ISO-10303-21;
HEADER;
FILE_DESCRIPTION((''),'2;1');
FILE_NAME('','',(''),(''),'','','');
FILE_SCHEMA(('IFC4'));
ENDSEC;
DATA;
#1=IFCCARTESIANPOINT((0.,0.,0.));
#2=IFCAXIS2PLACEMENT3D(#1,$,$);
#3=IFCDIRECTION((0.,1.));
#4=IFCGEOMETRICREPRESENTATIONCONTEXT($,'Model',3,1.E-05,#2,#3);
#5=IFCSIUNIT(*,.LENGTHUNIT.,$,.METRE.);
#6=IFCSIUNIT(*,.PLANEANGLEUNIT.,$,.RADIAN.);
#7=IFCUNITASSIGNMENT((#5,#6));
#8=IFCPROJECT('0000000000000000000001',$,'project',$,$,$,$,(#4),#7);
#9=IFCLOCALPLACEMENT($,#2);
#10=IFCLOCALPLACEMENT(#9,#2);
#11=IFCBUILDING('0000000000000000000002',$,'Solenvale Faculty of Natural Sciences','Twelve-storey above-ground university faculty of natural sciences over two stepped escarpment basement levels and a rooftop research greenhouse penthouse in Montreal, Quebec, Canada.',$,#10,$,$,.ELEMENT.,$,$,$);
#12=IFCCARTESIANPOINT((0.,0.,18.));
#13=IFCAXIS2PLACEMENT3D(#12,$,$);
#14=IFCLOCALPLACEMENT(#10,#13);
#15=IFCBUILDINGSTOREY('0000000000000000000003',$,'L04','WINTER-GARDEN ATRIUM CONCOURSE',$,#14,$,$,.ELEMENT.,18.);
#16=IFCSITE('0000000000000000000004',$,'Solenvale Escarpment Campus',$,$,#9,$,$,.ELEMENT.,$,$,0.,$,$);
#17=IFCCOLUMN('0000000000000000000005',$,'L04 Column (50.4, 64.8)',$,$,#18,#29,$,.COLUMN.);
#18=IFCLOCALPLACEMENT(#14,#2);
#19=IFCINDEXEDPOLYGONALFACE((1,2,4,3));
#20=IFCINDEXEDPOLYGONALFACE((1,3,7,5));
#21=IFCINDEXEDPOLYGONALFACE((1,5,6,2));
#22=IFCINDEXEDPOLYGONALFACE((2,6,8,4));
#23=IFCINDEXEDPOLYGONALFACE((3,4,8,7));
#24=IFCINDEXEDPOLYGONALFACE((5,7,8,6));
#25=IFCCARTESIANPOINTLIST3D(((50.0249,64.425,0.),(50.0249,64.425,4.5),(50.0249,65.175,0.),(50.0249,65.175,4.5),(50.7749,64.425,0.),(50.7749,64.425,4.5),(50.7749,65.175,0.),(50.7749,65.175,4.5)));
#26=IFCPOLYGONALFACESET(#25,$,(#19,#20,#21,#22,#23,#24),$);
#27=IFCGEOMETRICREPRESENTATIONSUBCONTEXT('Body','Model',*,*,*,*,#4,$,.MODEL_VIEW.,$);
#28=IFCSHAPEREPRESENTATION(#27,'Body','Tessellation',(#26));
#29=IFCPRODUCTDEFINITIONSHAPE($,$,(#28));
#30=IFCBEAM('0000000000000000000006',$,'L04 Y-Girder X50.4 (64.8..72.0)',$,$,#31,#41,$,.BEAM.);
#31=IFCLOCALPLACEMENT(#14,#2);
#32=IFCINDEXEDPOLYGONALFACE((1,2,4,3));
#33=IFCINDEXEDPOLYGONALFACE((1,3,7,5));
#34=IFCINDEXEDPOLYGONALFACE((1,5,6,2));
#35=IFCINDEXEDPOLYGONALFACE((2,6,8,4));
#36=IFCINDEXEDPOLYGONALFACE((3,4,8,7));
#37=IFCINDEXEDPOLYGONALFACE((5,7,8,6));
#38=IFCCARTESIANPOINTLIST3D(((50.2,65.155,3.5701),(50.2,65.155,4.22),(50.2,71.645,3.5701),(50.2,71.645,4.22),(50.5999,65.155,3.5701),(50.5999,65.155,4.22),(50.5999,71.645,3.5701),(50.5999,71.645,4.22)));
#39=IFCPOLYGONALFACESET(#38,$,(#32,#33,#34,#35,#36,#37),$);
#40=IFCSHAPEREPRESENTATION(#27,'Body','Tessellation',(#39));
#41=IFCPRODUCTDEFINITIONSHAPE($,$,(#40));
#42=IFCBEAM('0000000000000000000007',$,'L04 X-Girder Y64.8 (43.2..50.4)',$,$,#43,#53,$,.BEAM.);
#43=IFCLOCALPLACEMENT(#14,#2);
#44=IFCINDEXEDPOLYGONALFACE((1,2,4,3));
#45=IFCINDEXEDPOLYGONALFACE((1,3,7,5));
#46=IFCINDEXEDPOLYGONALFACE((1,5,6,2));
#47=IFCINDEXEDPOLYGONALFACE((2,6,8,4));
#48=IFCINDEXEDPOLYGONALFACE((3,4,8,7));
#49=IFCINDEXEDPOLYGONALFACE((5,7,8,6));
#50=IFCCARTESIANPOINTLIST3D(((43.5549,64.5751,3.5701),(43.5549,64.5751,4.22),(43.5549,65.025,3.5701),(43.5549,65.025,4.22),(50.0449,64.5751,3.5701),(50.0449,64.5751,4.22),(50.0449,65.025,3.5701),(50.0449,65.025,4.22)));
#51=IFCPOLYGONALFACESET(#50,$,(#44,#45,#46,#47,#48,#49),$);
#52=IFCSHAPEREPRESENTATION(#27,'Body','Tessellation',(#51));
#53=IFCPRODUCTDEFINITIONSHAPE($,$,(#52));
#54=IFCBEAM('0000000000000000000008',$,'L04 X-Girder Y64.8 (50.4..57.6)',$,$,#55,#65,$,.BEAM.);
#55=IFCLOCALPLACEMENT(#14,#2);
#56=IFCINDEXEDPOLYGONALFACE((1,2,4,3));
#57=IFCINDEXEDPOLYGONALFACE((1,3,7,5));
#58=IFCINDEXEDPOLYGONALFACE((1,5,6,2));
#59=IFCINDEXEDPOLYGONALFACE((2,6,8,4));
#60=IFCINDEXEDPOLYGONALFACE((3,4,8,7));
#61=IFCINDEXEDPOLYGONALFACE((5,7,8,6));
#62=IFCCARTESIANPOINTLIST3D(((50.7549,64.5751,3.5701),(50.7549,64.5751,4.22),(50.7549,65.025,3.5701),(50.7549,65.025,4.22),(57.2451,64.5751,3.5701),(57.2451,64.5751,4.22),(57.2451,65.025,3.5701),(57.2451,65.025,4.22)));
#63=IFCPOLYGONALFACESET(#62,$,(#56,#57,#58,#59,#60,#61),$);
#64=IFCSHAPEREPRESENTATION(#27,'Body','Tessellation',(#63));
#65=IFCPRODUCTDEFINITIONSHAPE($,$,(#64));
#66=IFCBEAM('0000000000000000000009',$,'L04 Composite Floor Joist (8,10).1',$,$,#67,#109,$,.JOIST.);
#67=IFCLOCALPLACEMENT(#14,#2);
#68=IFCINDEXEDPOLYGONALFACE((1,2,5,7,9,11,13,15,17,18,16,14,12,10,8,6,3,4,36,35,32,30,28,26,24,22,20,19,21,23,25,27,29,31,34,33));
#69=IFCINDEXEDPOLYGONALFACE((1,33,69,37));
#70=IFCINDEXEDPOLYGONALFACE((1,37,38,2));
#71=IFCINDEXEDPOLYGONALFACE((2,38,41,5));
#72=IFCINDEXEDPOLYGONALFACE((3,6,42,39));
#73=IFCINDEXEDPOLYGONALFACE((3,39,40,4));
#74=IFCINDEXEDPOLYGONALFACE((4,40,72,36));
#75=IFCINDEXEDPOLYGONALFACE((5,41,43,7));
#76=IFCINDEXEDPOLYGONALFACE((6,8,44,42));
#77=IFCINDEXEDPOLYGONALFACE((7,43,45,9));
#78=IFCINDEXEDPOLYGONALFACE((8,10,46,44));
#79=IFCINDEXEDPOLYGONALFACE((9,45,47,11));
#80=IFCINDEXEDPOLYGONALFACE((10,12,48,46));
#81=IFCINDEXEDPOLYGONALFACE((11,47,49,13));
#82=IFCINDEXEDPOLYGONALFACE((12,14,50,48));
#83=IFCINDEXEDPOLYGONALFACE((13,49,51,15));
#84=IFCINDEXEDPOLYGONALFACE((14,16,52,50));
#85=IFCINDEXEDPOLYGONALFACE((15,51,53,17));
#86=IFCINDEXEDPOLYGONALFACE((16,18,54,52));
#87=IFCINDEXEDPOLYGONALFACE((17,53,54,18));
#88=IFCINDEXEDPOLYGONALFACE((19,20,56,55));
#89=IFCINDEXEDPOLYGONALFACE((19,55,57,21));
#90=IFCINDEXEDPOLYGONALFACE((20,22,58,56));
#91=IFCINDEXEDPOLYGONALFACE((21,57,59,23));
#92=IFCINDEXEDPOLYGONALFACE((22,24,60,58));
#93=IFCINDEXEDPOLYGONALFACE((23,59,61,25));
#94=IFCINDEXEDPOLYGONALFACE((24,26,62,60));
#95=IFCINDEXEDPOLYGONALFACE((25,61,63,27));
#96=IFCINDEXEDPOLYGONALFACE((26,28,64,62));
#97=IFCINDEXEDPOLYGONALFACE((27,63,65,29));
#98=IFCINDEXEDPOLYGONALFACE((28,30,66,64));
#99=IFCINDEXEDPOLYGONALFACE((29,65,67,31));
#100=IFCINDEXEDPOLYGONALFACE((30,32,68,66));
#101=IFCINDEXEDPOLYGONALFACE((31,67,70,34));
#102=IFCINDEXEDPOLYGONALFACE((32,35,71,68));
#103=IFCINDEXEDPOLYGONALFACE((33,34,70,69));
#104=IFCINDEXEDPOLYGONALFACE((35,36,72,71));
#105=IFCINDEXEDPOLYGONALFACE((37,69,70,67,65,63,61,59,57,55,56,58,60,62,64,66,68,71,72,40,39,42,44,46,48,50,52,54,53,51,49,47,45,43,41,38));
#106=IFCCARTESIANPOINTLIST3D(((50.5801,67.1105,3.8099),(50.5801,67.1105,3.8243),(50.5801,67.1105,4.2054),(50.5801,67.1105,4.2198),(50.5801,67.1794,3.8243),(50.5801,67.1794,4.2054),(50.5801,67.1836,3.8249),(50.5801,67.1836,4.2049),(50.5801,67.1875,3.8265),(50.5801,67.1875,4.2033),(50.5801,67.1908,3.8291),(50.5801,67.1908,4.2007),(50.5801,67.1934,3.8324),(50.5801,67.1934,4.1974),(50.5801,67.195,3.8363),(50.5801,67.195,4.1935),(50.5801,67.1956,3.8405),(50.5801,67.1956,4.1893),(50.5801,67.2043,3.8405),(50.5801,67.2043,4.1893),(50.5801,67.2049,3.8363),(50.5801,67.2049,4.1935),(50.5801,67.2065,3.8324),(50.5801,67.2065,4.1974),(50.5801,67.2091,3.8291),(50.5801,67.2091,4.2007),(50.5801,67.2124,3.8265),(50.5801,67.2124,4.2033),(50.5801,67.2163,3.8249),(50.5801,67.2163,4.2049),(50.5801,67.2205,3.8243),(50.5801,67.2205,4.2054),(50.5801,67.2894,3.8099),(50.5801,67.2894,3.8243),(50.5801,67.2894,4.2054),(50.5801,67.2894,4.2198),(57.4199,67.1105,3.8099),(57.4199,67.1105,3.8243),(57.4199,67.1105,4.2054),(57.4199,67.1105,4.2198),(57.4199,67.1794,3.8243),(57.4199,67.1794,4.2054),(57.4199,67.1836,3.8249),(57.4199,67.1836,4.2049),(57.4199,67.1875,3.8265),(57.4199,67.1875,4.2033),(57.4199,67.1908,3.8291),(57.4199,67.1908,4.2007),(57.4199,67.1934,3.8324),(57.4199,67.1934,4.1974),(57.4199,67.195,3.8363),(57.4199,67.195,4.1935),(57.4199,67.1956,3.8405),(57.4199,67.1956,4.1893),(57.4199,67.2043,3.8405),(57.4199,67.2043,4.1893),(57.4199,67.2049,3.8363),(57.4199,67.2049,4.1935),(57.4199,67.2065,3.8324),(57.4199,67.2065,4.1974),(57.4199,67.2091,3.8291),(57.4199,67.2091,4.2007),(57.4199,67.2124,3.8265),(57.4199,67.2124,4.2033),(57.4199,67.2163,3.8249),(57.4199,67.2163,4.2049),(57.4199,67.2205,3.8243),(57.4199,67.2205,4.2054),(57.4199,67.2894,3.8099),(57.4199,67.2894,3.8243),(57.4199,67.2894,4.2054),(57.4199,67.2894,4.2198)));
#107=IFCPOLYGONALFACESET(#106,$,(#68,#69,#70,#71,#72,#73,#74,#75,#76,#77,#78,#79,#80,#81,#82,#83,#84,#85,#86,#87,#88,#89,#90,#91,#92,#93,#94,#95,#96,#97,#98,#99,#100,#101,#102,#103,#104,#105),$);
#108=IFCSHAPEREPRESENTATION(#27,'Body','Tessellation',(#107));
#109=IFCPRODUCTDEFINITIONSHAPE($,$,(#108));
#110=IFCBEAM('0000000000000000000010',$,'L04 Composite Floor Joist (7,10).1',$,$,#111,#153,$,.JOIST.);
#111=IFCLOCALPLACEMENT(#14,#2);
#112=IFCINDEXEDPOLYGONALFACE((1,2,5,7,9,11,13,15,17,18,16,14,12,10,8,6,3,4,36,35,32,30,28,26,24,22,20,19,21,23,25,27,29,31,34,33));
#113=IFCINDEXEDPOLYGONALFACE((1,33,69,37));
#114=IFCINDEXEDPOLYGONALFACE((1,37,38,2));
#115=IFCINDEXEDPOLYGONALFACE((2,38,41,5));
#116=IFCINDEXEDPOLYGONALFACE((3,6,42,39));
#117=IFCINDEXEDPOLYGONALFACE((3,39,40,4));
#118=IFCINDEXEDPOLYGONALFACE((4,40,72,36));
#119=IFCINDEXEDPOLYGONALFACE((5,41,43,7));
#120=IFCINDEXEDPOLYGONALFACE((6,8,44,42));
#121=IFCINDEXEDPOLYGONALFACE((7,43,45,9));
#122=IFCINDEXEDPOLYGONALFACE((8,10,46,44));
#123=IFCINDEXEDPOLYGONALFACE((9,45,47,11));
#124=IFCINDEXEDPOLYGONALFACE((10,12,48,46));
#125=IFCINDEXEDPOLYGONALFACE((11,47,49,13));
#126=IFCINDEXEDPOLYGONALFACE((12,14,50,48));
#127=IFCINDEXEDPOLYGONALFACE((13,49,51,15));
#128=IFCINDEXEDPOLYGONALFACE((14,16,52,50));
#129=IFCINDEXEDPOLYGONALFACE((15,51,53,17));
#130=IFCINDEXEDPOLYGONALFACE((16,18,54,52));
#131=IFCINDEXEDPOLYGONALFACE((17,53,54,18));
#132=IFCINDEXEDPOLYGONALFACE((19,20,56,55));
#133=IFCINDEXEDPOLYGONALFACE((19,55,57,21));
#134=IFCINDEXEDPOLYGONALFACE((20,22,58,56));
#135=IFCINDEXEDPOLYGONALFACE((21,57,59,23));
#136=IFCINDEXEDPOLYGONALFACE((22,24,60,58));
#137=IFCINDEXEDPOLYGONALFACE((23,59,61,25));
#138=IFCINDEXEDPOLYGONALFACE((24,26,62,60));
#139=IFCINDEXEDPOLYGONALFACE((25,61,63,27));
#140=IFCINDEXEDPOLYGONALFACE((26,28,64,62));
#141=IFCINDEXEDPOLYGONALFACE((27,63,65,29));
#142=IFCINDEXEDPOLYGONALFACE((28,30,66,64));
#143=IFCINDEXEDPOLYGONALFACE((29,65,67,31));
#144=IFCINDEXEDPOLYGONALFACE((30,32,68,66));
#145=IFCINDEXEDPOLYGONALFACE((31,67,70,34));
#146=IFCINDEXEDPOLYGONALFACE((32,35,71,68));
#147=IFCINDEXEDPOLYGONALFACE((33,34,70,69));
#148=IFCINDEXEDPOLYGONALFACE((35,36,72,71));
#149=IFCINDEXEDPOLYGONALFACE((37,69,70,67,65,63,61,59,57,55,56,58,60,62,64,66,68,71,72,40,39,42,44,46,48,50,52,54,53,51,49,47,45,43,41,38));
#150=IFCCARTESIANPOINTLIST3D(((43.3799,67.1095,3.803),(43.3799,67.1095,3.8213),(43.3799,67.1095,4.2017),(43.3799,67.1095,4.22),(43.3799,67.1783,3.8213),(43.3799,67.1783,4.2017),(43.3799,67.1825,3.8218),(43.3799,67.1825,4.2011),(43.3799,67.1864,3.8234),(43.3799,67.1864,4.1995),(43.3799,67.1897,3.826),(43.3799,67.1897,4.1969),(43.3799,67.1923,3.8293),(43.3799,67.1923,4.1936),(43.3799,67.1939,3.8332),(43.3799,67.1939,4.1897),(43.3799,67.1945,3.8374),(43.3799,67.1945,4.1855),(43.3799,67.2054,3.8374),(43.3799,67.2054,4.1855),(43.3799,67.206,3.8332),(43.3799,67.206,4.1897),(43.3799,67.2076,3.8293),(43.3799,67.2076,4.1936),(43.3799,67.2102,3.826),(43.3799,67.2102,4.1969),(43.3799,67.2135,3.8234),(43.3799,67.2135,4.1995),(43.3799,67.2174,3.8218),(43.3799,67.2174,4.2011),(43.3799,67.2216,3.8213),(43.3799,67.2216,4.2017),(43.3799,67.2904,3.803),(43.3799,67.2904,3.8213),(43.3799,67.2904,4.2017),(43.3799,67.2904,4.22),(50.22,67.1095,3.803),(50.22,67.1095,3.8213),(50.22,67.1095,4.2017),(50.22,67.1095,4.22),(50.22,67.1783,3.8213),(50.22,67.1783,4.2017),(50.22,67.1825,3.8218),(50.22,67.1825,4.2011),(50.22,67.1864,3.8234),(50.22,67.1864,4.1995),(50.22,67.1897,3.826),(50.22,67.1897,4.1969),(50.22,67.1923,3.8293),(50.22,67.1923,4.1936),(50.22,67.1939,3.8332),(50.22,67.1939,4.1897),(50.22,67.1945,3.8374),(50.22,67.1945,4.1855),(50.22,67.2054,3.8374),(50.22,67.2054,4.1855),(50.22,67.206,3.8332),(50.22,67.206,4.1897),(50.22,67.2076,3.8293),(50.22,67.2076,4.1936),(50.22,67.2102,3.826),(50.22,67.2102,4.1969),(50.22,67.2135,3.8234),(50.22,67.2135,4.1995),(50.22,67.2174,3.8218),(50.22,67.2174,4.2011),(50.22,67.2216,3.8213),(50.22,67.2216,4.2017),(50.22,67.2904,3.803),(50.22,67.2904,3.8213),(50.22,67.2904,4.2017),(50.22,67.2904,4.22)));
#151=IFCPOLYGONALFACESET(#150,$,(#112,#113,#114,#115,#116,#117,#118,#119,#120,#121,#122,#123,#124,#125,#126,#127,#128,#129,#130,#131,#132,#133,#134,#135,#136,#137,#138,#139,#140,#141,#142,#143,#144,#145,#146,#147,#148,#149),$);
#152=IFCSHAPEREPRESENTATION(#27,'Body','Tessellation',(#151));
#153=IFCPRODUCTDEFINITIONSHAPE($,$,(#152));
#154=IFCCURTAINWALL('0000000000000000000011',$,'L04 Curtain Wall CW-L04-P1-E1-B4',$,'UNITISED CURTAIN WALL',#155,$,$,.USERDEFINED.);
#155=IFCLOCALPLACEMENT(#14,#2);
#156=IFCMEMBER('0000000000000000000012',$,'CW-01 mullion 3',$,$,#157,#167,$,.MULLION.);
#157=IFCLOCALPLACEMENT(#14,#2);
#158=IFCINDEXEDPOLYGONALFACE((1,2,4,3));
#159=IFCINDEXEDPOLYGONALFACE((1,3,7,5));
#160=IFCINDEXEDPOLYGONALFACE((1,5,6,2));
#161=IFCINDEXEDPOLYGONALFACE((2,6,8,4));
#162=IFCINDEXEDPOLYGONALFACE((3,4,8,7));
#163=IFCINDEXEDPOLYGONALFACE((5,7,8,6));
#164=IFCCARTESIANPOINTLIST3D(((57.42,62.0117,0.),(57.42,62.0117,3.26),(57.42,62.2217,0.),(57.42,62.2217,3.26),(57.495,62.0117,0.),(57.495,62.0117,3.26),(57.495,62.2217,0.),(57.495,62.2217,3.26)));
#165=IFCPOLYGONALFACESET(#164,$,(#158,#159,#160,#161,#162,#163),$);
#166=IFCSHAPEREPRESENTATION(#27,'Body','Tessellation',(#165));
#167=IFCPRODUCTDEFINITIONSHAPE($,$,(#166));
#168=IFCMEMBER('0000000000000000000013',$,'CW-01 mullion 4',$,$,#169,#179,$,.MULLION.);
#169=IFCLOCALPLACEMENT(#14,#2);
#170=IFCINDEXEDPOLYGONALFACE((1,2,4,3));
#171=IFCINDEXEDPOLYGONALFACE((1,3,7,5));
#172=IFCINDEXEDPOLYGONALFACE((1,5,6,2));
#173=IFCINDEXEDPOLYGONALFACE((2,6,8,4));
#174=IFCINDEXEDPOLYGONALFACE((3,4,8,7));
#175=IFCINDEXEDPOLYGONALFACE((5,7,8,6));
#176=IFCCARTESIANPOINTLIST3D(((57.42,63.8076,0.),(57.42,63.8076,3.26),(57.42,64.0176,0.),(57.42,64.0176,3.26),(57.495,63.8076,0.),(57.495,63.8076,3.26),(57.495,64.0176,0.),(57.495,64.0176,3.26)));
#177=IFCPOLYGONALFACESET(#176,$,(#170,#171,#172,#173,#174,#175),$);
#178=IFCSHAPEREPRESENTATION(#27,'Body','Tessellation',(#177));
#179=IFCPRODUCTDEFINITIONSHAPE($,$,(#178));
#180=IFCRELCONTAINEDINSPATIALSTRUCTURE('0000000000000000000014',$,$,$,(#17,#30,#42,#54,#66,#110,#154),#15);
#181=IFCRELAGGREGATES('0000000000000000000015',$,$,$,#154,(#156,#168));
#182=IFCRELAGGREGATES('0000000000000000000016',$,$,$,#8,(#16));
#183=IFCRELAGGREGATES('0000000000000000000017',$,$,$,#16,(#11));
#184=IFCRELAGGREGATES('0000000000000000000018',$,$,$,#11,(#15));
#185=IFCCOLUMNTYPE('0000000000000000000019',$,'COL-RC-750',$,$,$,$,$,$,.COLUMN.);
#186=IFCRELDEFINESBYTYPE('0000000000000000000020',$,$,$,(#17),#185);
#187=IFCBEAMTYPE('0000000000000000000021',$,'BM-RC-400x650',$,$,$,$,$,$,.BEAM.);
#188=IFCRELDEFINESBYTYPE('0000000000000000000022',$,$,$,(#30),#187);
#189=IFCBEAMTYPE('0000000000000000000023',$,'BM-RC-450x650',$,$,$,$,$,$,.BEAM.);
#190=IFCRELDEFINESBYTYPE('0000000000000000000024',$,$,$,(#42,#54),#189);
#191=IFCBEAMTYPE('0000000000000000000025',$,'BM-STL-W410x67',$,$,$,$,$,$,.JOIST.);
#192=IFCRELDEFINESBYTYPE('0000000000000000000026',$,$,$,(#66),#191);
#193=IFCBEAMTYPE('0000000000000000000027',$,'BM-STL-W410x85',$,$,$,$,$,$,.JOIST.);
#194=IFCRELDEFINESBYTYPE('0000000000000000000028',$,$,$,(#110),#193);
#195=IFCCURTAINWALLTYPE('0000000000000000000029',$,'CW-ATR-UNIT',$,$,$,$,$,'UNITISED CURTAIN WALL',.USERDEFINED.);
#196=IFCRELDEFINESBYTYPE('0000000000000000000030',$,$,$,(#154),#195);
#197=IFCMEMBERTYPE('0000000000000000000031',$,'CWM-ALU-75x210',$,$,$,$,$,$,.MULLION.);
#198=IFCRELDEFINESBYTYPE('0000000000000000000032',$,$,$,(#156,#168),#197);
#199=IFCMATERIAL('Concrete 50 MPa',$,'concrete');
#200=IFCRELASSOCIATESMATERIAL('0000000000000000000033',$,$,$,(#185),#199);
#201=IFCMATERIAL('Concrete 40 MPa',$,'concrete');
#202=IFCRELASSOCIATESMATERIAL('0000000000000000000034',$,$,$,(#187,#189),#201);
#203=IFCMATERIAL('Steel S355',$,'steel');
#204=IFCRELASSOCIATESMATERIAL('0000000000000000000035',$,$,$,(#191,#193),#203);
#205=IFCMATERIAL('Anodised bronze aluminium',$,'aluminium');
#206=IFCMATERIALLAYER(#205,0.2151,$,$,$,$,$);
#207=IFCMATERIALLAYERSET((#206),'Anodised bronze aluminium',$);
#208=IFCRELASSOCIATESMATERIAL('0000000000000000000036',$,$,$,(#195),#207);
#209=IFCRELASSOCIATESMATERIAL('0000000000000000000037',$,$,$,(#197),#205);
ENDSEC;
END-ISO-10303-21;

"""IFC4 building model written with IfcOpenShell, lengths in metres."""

from ifc_helpers import new_model, si_unit, direction, frame, origin, origin_2d, place, context, subcontext, project, spatial, rectangle, i_section, extrude, material, layer, layer_set, material_profile, profile_set, type_object, element, aggregate, save


model = new_model("IFC4")

# Units and contexts
model_context = context("Model", 3, precision=1e-05, world=origin(), true_north=direction((0.0, 1.0)))
body_context = subcontext(model_context, "Body", "Model", "MODEL_VIEW")
ifc_project = project(units=[si_unit("LENGTHUNIT", "METRE"), si_unit("PLANEANGLEUNIT", "RADIAN")], contexts=[model_context])

# Site, building, storey
site_placement = place(None, origin())
site = spatial("IfcSite", under=ifc_project, at=site_placement, Name="Solenvale Escarpment Campus", CompositionType="ELEMENT", RefElevation=0.0)
building_placement = place(site_placement, origin())
building = spatial("IfcBuilding", under=site, at=building_placement, Name="Solenvale Faculty of Natural Sciences", Description="Twelve-storey above-ground university faculty of natural sciences over two stepped escarpment basement levels and a rooftop research greenhouse penthouse in Montreal, Quebec, Canada.", CompositionType="ELEMENT")
storey_placement = place(building_placement, frame((0.0, 0.0, 18.0)))
storey = spatial("IfcBuildingStorey", under=building, at=storey_placement, Name="L04", Description="WINTER-GARDEN ATRIUM CONCOURSE", CompositionType="ELEMENT", Elevation=18.0)

# Column
ifc_material_1 = material(Name="Concrete 50 MPa", Category="concrete")
ifc_material_profile_1 = material_profile(ifc_material_1, rectangle(XDim=0.75, YDim=0.75, at=origin_2d()), Name="RC-COL-750x750")
ifc_profile_set_1 = profile_set([ifc_material_profile_1], Name="Concrete 50 MPa")
column_type = type_object("IfcColumnType", Name="COL-RC-750", PredefinedType="COLUMN", material=ifc_profile_set_1)
column_placement = place(storey_placement, frame((50.3999, 64.8, 0.0), z_axis=(0.0, 0.0, 1.0), x_axis=(1.0, 0.0, 0.0)))
element("IfcColumn", 1, at=column_placement, inside=storey, type_object=column_type, Name="L04 Column (50.4, 64.8)", PredefinedType="COLUMN", context=body_context, shape_type="SweptSolid", body=[
    extrude(rectangle(XDim=0.75, YDim=0.75, at=origin_2d()), origin(), (0.0, 0.0, 1.0), 4.5),
])

# Beams
ifc_material_2 = material(Name="Concrete 40 MPa", Category="concrete")
ifc_material_profile_2 = material_profile(ifc_material_2, rectangle(XDim=0.3999, YDim=0.6499, at=origin_2d()), Name="RC-BM-400x650")
ifc_profile_set_2 = profile_set([ifc_material_profile_2], Name="Concrete 40 MPa")
beam_type_1 = type_object("IfcBeamType", Name="BM-RC-400x650", PredefinedType="BEAM", material=ifc_profile_set_2)
beam_1_placement = place(storey_placement, frame((50.3999, 65.155, 3.895), z_axis=(0.0, 1.0, 0.0), x_axis=(-1.0, 0.0, 0.0)))
element("IfcBeam", 2, at=beam_1_placement, inside=storey, type_object=beam_type_1, Name="L04 Y-Girder X50.4 (64.8..72.0)", PredefinedType="BEAM", context=body_context, shape_type="SweptSolid", body=[
    extrude(rectangle(XDim=0.3999, YDim=0.6499, at=origin_2d()), origin(), (0.0, 0.0, 1.0), 6.49),
])
ifc_material_profile_3 = material_profile(ifc_material_2, rectangle(XDim=0.45, YDim=0.6499, at=origin_2d()), Name="RC-BM-450x650")
ifc_profile_set_3 = profile_set([ifc_material_profile_3], Name="Concrete 40 MPa")
beam_type_2 = type_object("IfcBeamType", Name="BM-RC-450x650", PredefinedType="BEAM", material=ifc_profile_set_3)
beam_2_placement = place(storey_placement, frame((43.5549, 64.8, 3.895), z_axis=(1.0, 0.0, 0.0), x_axis=(0.0, 1.0, 0.0)))
element("IfcBeam", 3, at=beam_2_placement, inside=storey, type_object=beam_type_2, Name="L04 X-Girder Y64.8 (43.2..50.4)", PredefinedType="BEAM", context=body_context, shape_type="SweptSolid", body=[
    extrude(rectangle(XDim=0.45, YDim=0.6499, at=origin_2d()), origin(), (0.0, 0.0, 1.0), 6.49),
])
beam_3_placement = place(storey_placement, frame((50.7549, 64.8, 3.895), z_axis=(1.0, 0.0, 0.0), x_axis=(0.0, 1.0, 0.0)))
element("IfcBeam", 4, at=beam_3_placement, inside=storey, type_object=beam_type_2, Name="L04 X-Girder Y64.8 (50.4..57.6)", PredefinedType="BEAM", context=body_context, shape_type="SweptSolid", body=[
    extrude(rectangle(XDim=0.45, YDim=0.6499, at=origin_2d()), origin(), (0.0, 0.0, 1.0), 6.4902),
])
ifc_material_3 = material(Name="Steel S355", Category="steel")
ifc_material_profile_4 = material_profile(ifc_material_3, i_section(OverallWidth=0.179, OverallDepth=0.4099, WebThickness=0.0088, FlangeThickness=0.0144, FilletRadius=0.0161, at=origin_2d()), Name="W410x67")
ifc_profile_set_4 = profile_set([ifc_material_profile_4], Name="Steel S355")
beam_type_3 = type_object("IfcBeamType", Name="BM-STL-W410x67", PredefinedType="JOIST", material=ifc_profile_set_4)
beam_4_placement = place(storey_placement, frame((50.5801, 67.2, 4.0149), z_axis=(1.0, 0.0, 0.0), x_axis=(0.0, 1.0, 0.0)))
element("IfcBeam", 5, at=beam_4_placement, inside=storey, type_object=beam_type_3, Name="L04 Composite Floor Joist (8,10).1", PredefinedType="JOIST", context=body_context, shape_type="SweptSolid", body=[
    extrude(i_section(OverallWidth=0.179, OverallDepth=0.4099, WebThickness=0.0088, FlangeThickness=0.0144, FilletRadius=0.0161, at=origin_2d()), origin(), (0.0, 0.0, 1.0), 6.8398),
])
ifc_material_profile_5 = material_profile(ifc_material_3, i_section(OverallWidth=0.1809, OverallDepth=0.417, WebThickness=0.011, FlangeThickness=0.0183, FilletRadius=0.0161, at=origin_2d()), Name="W410x85")
ifc_profile_set_5 = profile_set([ifc_material_profile_5], Name="Steel S355")
beam_type_4 = type_object("IfcBeamType", Name="BM-STL-W410x85", PredefinedType="JOIST", material=ifc_profile_set_5)
beam_5_placement = place(storey_placement, frame((43.3799, 67.2, 4.0115), z_axis=(1.0, 0.0, 0.0), x_axis=(0.0, 1.0, 0.0)))
element("IfcBeam", 6, at=beam_5_placement, inside=storey, type_object=beam_type_4, Name="L04 Composite Floor Joist (7,10).1", PredefinedType="JOIST", context=body_context, shape_type="SweptSolid", body=[
    extrude(i_section(OverallWidth=0.1809, OverallDepth=0.417, WebThickness=0.011, FlangeThickness=0.0183, FilletRadius=0.0161, at=origin_2d()), origin(), (0.0, 0.0, 1.0), 6.8401),
])

# Curtain wall, members
ifc_material_4 = material(Name="Anodised bronze aluminium", Category="aluminium")
ifc_layer_1 = layer(ifc_material_4, 0.2151)
ifc_layer_set_1 = layer_set([ifc_layer_1], Name="Anodised bronze aluminium")
curtain_wall_type = type_object("IfcCurtainWallType", Name="CW-ATR-UNIT", ElementType="UNITISED CURTAIN WALL", PredefinedType="USERDEFINED", material=ifc_layer_set_1)
curtain_wall_placement = place(storey_placement, origin())
curtain_wall = element("IfcCurtainWall", 7, at=curtain_wall_placement, inside=storey, type_object=curtain_wall_type, Name="L04 Curtain Wall CW-L04-P1-E1-B4", ObjectType="UNITISED CURTAIN WALL", PredefinedType="USERDEFINED")
ifc_material_profile_6 = material_profile(ifc_material_4, rectangle(XDim=0.075, YDim=0.21, at=origin_2d()), Name="ALU-MUL-75x210")
ifc_profile_set_6 = profile_set([ifc_material_profile_6], Name="Anodised bronze aluminium")
member_type_1 = type_object("IfcMemberType", Name="CWM-ALU-75x210", PredefinedType="MULLION", material=ifc_profile_set_6)
member_1_placement = place(storey_placement, frame((57.4575, 62.1167, 0.0), z_axis=(0.0, 0.0, 1.0), x_axis=(-1.0, 0.0, 0.0)))
member_1 = element("IfcMember", 8, at=member_1_placement, type_object=member_type_1, Name="CW-01 mullion 3", PredefinedType="MULLION", context=body_context, shape_type="SweptSolid", body=[
    extrude(rectangle(XDim=0.075, YDim=0.21, at=origin_2d()), origin(), (0.0, 0.0, 1.0), 3.26),
])
member_2_placement = place(storey_placement, frame((57.4575, 63.9126, 0.0), z_axis=(0.0, 0.0, 1.0), x_axis=(-1.0, 0.0, 0.0)))
member_2 = element("IfcMember", 9, at=member_2_placement, type_object=member_type_1, Name="CW-01 mullion 4", PredefinedType="MULLION", context=body_context, shape_type="SweptSolid", body=[
    extrude(rectangle(XDim=0.075, YDim=0.21, at=origin_2d()), origin(), (0.0, 0.0, 1.0), 3.26),
])
aggregate(curtain_wall, [member_1, member_2])

save(model, "model.ifc")
